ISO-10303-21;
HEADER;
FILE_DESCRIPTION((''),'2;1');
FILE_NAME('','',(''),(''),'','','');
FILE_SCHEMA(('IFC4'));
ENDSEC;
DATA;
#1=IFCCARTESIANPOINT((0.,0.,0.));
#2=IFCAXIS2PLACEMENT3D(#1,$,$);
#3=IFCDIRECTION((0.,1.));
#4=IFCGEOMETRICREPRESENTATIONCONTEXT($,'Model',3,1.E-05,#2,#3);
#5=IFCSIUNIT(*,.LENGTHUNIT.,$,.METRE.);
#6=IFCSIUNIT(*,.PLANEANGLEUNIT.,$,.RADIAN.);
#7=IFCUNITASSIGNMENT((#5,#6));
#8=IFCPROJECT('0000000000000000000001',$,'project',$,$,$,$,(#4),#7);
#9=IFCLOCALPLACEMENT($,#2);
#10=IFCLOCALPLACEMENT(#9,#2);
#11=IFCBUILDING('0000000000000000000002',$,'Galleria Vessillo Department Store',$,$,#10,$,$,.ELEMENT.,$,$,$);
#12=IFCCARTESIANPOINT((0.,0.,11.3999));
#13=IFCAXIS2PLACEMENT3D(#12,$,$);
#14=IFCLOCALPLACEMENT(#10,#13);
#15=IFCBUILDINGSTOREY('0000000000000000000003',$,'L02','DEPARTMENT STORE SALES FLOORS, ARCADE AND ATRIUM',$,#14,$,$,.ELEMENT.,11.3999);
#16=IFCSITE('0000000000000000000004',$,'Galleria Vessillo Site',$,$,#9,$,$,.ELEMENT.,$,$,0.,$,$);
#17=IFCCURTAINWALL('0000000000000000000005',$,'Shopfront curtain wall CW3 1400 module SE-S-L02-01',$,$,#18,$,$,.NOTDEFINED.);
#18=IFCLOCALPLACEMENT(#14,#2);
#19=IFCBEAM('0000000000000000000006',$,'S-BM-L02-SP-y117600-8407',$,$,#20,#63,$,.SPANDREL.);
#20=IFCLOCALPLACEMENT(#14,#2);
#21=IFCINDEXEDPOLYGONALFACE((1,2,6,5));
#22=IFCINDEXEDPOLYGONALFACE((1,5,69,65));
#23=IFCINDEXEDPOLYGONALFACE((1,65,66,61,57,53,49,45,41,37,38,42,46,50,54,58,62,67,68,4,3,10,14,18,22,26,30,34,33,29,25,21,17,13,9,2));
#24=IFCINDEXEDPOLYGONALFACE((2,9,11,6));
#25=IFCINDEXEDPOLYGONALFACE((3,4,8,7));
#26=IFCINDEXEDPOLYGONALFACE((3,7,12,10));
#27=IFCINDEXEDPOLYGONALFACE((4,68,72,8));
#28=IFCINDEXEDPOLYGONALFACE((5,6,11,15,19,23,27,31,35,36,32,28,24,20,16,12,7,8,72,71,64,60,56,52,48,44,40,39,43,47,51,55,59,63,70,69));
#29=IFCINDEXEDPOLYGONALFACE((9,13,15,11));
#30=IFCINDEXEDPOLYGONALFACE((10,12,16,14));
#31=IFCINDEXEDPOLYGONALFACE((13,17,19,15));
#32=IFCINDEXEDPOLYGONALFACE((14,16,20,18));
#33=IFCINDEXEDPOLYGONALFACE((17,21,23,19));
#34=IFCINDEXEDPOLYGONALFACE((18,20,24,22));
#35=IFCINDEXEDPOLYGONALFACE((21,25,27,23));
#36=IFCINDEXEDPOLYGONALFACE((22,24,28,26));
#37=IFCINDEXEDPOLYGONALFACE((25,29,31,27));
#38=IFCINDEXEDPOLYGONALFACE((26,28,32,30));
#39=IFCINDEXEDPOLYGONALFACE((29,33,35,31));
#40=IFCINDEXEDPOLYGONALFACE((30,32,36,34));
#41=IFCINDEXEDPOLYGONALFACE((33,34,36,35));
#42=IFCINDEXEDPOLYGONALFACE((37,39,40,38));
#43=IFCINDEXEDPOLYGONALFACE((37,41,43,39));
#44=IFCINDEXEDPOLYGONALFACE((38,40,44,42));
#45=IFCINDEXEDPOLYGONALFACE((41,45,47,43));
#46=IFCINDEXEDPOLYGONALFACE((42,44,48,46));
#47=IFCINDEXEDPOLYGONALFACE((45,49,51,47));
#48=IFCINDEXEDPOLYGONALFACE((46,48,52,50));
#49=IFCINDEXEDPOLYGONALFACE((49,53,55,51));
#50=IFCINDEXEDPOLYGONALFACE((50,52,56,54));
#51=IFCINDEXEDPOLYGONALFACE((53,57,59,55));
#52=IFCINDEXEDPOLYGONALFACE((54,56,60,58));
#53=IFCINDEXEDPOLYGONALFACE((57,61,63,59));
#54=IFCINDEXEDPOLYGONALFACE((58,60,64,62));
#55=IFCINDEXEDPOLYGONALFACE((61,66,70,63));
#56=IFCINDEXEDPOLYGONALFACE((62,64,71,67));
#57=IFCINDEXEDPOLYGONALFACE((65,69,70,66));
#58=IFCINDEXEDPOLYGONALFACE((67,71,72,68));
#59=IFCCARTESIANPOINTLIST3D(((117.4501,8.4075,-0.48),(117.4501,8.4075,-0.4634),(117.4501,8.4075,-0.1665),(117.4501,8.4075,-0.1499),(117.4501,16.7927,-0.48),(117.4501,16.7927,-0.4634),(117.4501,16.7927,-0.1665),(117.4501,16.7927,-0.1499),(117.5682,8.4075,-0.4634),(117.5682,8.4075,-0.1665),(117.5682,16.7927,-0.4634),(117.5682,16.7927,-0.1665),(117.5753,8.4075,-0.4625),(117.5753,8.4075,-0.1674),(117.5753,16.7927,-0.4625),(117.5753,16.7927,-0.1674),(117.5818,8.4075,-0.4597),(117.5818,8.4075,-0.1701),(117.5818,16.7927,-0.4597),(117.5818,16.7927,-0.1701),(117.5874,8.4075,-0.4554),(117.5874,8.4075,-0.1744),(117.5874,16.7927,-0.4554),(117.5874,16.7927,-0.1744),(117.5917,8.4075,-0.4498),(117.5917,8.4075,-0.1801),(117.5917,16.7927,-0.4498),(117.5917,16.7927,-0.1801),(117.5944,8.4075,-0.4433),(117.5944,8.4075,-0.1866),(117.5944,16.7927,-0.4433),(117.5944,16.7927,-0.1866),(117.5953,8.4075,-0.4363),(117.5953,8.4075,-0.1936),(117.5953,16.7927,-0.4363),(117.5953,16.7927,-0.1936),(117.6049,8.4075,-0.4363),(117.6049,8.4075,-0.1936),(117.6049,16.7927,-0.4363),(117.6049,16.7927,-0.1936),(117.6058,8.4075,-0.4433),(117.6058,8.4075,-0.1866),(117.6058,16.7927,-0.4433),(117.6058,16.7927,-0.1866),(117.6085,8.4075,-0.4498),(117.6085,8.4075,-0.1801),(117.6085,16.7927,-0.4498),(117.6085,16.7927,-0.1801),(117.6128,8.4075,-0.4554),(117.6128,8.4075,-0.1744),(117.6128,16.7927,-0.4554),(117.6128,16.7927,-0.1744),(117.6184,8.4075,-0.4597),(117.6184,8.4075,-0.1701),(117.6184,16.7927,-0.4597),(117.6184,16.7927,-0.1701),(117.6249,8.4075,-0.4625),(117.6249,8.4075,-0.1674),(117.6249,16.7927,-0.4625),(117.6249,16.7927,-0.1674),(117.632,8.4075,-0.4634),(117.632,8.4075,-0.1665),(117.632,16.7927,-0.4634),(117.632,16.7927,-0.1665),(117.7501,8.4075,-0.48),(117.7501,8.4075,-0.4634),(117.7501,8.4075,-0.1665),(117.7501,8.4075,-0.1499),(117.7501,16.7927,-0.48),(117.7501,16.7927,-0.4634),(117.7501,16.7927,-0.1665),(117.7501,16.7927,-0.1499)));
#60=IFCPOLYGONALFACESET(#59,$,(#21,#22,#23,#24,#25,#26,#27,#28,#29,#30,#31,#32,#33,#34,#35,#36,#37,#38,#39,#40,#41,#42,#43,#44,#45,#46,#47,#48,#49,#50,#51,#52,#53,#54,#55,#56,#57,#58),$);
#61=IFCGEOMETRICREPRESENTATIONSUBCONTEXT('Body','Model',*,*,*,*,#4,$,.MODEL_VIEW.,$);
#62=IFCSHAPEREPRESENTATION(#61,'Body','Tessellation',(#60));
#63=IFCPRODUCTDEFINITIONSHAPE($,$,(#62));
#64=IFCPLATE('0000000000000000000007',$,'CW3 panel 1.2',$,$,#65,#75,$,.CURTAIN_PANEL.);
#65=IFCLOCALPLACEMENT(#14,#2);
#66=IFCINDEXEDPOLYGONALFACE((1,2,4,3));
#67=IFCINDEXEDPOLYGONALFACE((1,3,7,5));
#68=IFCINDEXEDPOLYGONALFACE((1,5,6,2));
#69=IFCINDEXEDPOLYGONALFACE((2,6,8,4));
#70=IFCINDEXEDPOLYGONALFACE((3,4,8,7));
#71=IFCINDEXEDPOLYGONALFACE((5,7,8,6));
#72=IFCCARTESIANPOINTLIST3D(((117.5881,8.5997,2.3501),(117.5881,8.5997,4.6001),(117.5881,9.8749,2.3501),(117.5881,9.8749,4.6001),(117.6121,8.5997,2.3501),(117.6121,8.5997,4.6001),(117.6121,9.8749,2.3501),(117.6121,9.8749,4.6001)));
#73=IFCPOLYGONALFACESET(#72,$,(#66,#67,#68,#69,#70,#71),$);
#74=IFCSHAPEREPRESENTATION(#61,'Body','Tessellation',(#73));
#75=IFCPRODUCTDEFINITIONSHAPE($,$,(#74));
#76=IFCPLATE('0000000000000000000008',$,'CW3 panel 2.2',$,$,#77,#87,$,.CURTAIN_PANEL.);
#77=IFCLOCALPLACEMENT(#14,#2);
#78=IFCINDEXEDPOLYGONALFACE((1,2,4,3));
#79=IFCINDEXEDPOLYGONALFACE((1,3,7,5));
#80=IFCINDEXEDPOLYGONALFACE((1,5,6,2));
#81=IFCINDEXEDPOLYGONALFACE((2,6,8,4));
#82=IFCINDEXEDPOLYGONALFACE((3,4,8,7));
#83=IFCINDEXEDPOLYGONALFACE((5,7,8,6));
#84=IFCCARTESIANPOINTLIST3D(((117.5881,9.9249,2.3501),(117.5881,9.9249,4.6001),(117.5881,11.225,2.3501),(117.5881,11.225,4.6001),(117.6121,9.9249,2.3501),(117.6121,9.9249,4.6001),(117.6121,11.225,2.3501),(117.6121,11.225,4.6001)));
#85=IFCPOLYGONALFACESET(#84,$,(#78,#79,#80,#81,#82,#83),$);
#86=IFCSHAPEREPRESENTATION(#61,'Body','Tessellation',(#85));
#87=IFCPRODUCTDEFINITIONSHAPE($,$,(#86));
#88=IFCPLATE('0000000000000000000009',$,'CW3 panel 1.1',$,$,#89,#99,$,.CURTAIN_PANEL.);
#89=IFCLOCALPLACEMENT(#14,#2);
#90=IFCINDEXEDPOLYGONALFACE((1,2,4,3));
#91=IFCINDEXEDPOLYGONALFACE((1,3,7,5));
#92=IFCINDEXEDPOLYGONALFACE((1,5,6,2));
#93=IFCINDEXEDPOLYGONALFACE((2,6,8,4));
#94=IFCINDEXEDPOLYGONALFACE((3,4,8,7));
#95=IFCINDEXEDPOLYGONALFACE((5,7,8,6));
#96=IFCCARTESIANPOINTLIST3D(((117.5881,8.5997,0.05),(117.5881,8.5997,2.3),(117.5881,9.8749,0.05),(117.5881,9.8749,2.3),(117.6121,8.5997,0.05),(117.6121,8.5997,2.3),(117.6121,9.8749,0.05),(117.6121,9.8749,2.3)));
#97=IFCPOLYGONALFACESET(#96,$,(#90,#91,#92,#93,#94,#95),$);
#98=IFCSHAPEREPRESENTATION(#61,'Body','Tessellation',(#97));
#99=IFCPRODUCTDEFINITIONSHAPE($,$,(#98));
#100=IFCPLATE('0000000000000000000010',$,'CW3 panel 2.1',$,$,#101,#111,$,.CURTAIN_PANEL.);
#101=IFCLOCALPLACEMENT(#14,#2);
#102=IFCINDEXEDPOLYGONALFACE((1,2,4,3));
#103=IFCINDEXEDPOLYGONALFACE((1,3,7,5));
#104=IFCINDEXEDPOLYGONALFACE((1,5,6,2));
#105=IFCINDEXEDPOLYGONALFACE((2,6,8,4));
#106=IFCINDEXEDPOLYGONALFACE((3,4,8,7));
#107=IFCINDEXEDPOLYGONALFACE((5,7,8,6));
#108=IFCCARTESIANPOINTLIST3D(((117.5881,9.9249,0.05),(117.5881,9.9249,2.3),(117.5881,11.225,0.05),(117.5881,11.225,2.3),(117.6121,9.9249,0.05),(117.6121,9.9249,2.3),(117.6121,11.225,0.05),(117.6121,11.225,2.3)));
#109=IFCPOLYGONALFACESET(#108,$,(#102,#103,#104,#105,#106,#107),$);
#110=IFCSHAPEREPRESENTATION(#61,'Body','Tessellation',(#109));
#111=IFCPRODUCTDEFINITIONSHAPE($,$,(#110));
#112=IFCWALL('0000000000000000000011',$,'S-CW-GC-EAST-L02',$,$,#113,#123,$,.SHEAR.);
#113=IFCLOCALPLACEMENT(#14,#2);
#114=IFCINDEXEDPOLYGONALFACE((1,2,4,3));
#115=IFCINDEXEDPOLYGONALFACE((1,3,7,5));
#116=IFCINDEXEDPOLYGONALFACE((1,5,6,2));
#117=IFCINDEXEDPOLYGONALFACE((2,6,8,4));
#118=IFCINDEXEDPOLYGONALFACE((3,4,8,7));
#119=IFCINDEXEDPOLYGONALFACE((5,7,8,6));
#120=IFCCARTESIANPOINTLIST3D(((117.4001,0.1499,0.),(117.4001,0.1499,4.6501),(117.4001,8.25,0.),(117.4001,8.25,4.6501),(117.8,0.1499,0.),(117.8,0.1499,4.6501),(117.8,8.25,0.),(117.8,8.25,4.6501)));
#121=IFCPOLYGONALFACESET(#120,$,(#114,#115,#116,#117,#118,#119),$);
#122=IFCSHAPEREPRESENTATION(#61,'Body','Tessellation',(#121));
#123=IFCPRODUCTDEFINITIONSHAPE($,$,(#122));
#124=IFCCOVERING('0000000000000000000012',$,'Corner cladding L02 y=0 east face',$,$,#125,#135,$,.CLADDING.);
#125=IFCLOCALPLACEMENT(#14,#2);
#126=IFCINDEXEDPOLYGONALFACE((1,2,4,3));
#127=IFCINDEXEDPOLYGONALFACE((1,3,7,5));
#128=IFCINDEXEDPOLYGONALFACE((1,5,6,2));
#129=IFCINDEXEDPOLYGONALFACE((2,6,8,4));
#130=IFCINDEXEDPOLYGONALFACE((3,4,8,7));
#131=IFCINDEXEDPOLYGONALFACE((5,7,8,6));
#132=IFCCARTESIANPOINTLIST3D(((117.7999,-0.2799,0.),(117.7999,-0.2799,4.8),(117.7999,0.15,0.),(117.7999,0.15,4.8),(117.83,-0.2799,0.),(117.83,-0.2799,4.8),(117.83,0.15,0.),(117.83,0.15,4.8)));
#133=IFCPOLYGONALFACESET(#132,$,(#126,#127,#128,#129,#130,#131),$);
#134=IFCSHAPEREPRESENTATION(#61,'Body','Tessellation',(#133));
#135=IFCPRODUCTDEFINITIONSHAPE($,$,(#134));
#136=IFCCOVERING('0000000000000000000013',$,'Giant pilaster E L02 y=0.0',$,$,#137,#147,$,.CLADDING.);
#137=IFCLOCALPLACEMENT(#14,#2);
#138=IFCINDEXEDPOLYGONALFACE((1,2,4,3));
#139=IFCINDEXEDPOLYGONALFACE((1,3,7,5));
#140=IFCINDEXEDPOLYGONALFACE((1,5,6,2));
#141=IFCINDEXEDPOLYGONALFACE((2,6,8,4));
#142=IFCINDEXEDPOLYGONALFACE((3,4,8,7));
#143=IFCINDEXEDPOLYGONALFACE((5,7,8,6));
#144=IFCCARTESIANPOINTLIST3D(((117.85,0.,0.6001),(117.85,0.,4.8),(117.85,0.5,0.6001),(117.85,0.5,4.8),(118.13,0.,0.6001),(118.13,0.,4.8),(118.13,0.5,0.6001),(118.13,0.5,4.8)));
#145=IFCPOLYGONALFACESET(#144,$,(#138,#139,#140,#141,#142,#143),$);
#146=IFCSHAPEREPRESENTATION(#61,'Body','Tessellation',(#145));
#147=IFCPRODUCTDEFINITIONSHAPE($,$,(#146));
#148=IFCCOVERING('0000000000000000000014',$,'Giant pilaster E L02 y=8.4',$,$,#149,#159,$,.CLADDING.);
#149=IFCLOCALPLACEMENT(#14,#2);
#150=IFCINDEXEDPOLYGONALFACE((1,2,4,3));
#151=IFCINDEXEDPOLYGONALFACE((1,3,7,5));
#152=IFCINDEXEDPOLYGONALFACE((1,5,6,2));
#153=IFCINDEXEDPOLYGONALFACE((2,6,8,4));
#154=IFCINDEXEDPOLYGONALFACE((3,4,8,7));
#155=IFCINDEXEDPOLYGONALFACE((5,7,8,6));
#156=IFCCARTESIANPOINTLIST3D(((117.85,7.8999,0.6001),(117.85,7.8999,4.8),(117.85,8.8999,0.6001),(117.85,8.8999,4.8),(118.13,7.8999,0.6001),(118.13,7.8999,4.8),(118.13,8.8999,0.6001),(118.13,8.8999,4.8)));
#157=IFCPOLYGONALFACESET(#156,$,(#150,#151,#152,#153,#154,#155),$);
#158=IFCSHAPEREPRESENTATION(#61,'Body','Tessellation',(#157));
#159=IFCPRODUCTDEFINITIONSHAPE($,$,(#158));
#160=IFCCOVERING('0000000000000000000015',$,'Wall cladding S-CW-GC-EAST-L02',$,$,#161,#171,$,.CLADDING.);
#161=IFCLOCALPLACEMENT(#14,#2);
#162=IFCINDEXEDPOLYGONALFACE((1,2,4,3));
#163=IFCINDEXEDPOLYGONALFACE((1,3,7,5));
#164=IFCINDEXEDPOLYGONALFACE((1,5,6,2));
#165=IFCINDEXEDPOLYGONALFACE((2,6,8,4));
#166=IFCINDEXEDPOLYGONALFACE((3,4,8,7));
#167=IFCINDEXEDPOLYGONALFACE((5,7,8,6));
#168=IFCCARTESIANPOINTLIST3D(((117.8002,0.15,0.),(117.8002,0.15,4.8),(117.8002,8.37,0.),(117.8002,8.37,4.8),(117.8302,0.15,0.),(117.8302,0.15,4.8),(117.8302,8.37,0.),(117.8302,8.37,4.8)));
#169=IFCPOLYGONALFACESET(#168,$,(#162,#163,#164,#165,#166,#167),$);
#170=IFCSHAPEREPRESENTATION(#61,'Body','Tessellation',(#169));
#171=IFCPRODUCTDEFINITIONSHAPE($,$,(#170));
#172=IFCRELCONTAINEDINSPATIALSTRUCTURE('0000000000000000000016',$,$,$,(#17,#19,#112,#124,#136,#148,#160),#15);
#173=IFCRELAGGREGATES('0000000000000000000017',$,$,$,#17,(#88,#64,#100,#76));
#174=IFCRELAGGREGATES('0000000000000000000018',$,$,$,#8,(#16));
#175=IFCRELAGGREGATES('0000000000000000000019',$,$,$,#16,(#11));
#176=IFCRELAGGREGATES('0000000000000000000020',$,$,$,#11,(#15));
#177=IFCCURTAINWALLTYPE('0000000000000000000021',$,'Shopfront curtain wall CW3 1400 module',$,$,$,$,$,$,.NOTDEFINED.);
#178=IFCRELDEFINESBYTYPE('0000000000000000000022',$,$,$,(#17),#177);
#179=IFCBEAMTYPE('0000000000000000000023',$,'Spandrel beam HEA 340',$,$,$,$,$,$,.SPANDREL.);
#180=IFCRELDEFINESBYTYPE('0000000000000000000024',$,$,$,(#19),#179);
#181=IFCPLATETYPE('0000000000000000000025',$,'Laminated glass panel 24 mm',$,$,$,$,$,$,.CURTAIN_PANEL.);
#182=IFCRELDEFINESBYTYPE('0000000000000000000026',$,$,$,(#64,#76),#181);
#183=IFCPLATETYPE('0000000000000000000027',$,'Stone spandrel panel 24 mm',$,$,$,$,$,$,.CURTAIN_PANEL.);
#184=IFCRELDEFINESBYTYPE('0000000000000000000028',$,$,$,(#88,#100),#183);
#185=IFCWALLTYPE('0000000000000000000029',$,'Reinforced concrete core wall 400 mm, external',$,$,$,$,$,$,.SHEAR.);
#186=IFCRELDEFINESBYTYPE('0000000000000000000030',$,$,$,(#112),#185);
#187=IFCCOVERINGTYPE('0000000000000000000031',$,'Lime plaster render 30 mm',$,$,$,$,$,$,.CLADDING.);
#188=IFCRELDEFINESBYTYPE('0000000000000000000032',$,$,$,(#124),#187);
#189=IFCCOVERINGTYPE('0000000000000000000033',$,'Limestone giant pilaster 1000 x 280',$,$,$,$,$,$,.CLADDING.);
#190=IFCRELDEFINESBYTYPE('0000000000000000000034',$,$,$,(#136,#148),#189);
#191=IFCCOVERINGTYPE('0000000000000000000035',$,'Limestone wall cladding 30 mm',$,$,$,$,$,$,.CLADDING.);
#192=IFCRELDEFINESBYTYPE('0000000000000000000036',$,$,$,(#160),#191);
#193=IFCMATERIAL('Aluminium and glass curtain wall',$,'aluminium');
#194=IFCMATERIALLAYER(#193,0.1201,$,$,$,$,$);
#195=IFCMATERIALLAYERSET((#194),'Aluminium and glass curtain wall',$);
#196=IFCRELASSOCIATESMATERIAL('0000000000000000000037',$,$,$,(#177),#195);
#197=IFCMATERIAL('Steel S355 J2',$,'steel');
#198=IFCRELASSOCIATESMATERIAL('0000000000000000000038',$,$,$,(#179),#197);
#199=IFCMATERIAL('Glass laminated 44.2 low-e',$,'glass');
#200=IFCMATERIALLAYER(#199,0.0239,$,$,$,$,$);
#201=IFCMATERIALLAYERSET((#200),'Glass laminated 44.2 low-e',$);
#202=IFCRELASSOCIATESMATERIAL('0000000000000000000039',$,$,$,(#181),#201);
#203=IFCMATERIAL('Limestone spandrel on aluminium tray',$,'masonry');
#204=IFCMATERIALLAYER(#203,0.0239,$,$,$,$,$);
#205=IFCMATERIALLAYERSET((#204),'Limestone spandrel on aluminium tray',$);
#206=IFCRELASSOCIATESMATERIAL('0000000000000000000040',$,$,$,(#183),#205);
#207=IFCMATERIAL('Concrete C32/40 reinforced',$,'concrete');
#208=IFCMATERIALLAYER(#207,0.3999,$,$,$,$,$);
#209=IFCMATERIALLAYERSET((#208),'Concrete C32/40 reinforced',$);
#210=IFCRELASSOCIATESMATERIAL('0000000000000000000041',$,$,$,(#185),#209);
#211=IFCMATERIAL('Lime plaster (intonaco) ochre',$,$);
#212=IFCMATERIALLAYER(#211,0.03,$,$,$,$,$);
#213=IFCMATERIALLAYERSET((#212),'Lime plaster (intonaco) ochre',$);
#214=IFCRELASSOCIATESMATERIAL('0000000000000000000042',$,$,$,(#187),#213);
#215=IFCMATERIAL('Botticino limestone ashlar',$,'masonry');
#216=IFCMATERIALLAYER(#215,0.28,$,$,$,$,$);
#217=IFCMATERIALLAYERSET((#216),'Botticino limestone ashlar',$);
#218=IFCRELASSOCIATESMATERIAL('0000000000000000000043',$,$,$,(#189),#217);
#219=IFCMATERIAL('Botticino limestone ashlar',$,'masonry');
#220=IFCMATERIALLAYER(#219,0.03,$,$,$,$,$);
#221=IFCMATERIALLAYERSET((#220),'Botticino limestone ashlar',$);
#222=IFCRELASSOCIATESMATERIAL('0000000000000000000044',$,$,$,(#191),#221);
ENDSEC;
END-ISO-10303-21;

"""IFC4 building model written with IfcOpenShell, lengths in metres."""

from ifc_helpers import new_model, si_unit, direction, frame, frame_2d, origin, origin_2d, place, context, subcontext, project, spatial, rectangle, i_section, extrude, material, layer, layer_set, material_profile, profile_set, type_object, element, aggregate, save


model = new_model("IFC4")

# Units and contexts
model_context = context("Model", 3, precision=1e-05, world=origin(), true_north=direction((0.0, 1.0)))
body_context = subcontext(model_context, "Body", "Model", "MODEL_VIEW")
ifc_project = project(units=[si_unit("LENGTHUNIT", "METRE"), si_unit("PLANEANGLEUNIT", "RADIAN")], contexts=[model_context])

# Site, building, storey
site_placement = place(None, origin())
site = spatial("IfcSite", under=ifc_project, at=site_placement, Name="Galleria Vessillo Site", CompositionType="ELEMENT", RefElevation=0.0)
building_placement = place(site_placement, origin())
building = spatial("IfcBuilding", under=site, at=building_placement, Name="Galleria Vessillo Department Store", CompositionType="ELEMENT")
storey_placement = place(building_placement, frame((0.0, 0.0, 11.3999)))
storey = spatial("IfcBuildingStorey", under=building, at=storey_placement, Name="L02", Description="DEPARTMENT STORE SALES FLOORS, ARCADE AND ATRIUM", CompositionType="ELEMENT", Elevation=11.3999)

# Curtain wall
ifc_material_1 = material(Name="Aluminium and glass curtain wall", Category="aluminium")
ifc_layer_1 = layer(ifc_material_1, 0.1201)
ifc_layer_set_1 = layer_set([ifc_layer_1], Name="Aluminium and glass curtain wall")
curtain_wall_type = type_object("IfcCurtainWallType", Name="Shopfront curtain wall CW3 1400 module", PredefinedType="NOTDEFINED", material=ifc_layer_set_1)
curtain_wall_placement = place(storey_placement, origin())
curtain_wall = element("IfcCurtainWall", 1, at=curtain_wall_placement, inside=storey, type_object=curtain_wall_type, Name="Shopfront curtain wall CW3 1400 module SE-S-L02-01", PredefinedType="NOTDEFINED")

# Beam
ifc_material_2 = material(Name="Steel S355 J2", Category="steel")
ifc_material_profile_1 = material_profile(ifc_material_2, i_section(OverallWidth=0.3, OverallDepth=0.3301, WebThickness=0.0095, FlangeThickness=0.0166, FilletRadius=0.0271, at=origin_2d()), Name="HEA 340")
ifc_profile_set_1 = profile_set([ifc_material_profile_1], Name="Steel S355 J2")
beam_type = type_object("IfcBeamType", Name="Spandrel beam HEA 340", PredefinedType="SPANDREL", material=ifc_profile_set_1)
beam_placement = place(storey_placement, frame((117.6001, 8.4075, -0.3149), z_axis=(0.0, 1.0, 0.0), x_axis=(-1.0, 0.0, 0.0)))
element("IfcBeam", 2, at=beam_placement, inside=storey, type_object=beam_type, Name="S-BM-L02-SP-y117600-8407", PredefinedType="SPANDREL", context=body_context, shape_type="SweptSolid", body=[
    extrude(i_section(OverallWidth=0.3, OverallDepth=0.3301, WebThickness=0.0095, FlangeThickness=0.0166, FilletRadius=0.0271, at=origin_2d()), origin(), (0.0, 0.0, 1.0), 8.3853),
])

# Plates
ifc_material_3 = material(Name="Glass laminated 44.2 low-e", Category="glass")
ifc_layer_2 = layer(ifc_material_3, 0.0239)
ifc_layer_set_2 = layer_set([ifc_layer_2], Name="Glass laminated 44.2 low-e")
plate_type_1 = type_object("IfcPlateType", Name="Laminated glass panel 24 mm", PredefinedType="CURTAIN_PANEL", material=ifc_layer_set_2)
plate_1_placement = place(storey_placement, frame((117.6001, 9.2373, 2.3501), z_axis=(0.0, 0.0, 1.0), x_axis=(0.0, 1.0, 0.0)))
plate_1 = element("IfcPlate", 3, at=plate_1_placement, type_object=plate_type_1, Name="CW3 panel 1.2", PredefinedType="CURTAIN_PANEL", context=body_context, shape_type="SweptSolid", body=[
    extrude(rectangle(XDim=1.2751, YDim=0.0239, at=origin_2d()), origin(), (0.0, 0.0, 1.0), 2.25),
])
plate_2_placement = place(storey_placement, frame((117.6001, 10.575, 2.3501), z_axis=(0.0, 0.0, 1.0), x_axis=(0.0, 1.0, 0.0)))
plate_2 = element("IfcPlate", 4, at=plate_2_placement, type_object=plate_type_1, Name="CW3 panel 2.2", PredefinedType="CURTAIN_PANEL", context=body_context, shape_type="SweptSolid", body=[
    extrude(rectangle(XDim=1.3, YDim=0.0239, at=origin_2d()), origin(), (0.0, 0.0, 1.0), 2.25),
])
ifc_material_4 = material(Name="Limestone spandrel on aluminium tray", Category="masonry")
ifc_layer_3 = layer(ifc_material_4, 0.0239)
ifc_layer_set_3 = layer_set([ifc_layer_3], Name="Limestone spandrel on aluminium tray")
plate_type_2 = type_object("IfcPlateType", Name="Stone spandrel panel 24 mm", PredefinedType="CURTAIN_PANEL", material=ifc_layer_set_3)
plate_3_placement = place(storey_placement, frame((117.6001, 9.2373, 0.05), z_axis=(0.0, 0.0, 1.0), x_axis=(0.0, 1.0, 0.0)))
plate_3 = element("IfcPlate", 5, at=plate_3_placement, type_object=plate_type_2, Name="CW3 panel 1.1", PredefinedType="CURTAIN_PANEL", context=body_context, shape_type="SweptSolid", body=[
    extrude(rectangle(XDim=1.2751, YDim=0.0239, at=origin_2d()), origin(), (0.0, 0.0, 1.0), 2.25),
])
plate_4_placement = place(storey_placement, frame((117.6001, 10.575, 0.05), z_axis=(0.0, 0.0, 1.0), x_axis=(0.0, 1.0, 0.0)))
plate_4 = element("IfcPlate", 6, at=plate_4_placement, type_object=plate_type_2, Name="CW3 panel 2.1", PredefinedType="CURTAIN_PANEL", context=body_context, shape_type="SweptSolid", body=[
    extrude(rectangle(XDim=1.3, YDim=0.0239, at=origin_2d()), origin(), (0.0, 0.0, 1.0), 2.25),
])
aggregate(curtain_wall, [plate_3, plate_1, plate_4, plate_2])

# Wall
ifc_material_5 = material(Name="Concrete C32/40 reinforced", Category="concrete")
ifc_layer_4 = layer(ifc_material_5, 0.3999)
ifc_layer_set_4 = layer_set([ifc_layer_4], Name="Concrete C32/40 reinforced")
wall_type = type_object("IfcWallType", Name="Reinforced concrete core wall 400 mm, external", PredefinedType="SHEAR", material=ifc_layer_set_4)
wall_placement = place(storey_placement, frame((117.6001, 0.1499, 0.0), z_axis=(0.0, 0.0, 1.0), x_axis=(0.0, 1.0, 0.0)))
element("IfcWall", 7, at=wall_placement, inside=storey, type_object=wall_type, Name="S-CW-GC-EAST-L02", PredefinedType="SHEAR", context=body_context, shape_type="SweptSolid", body=[
    extrude(rectangle(XDim=8.1001, YDim=0.3999, at=frame_2d((4.05, 0.0))), origin(), (0.0, 0.0, 1.0), 4.6501),
])

# Coverings
ifc_material_6 = material(Name="Lime plaster (intonaco) ochre")
ifc_layer_5 = layer(ifc_material_6, 0.03)
ifc_layer_set_5 = layer_set([ifc_layer_5], Name="Lime plaster (intonaco) ochre")
covering_type_1 = type_object("IfcCoveringType", Name="Lime plaster render 30 mm", PredefinedType="CLADDING", material=ifc_layer_set_5)
covering_1_placement = place(storey_placement, frame((117.8149, -0.0649, 0.0), z_axis=(0.0, 0.0, 1.0), x_axis=(1.0, 0.0, 0.0)))
element("IfcCovering", 8, at=covering_1_placement, inside=storey, type_object=covering_type_1, Name="Corner cladding L02 y=0 east face", PredefinedType="CLADDING", context=body_context, shape_type="SweptSolid", body=[
    extrude(rectangle(XDim=0.03, YDim=0.4299, at=origin_2d()), origin(), (0.0, 0.0, 1.0), 4.8),
])
ifc_material_7 = material(Name="Botticino limestone ashlar", Category="masonry")
ifc_layer_6 = layer(ifc_material_7, 0.28)
ifc_layer_set_6 = layer_set([ifc_layer_6], Name="Botticino limestone ashlar")
covering_type_2 = type_object("IfcCoveringType", Name="Limestone giant pilaster 1000 x 280", PredefinedType="CLADDING", material=ifc_layer_set_6)
covering_2_placement = place(storey_placement, frame((117.99, 0.25, 0.6001), z_axis=(0.0, 0.0, 1.0), x_axis=(1.0, 0.0, 0.0)))
element("IfcCovering", 9, at=covering_2_placement, inside=storey, type_object=covering_type_2, Name="Giant pilaster E L02 y=0.0", PredefinedType="CLADDING", context=body_context, shape_type="SweptSolid", body=[
    extrude(rectangle(XDim=0.28, YDim=0.5, at=origin_2d()), origin(), (0.0, 0.0, 1.0), 4.2),
])
covering_3_placement = place(storey_placement, frame((117.99, 8.3999, 0.6001), z_axis=(0.0, 0.0, 1.0), x_axis=(1.0, 0.0, 0.0)))
element("IfcCovering", 10, at=covering_3_placement, inside=storey, type_object=covering_type_2, Name="Giant pilaster E L02 y=8.4", PredefinedType="CLADDING", context=body_context, shape_type="SweptSolid", body=[
    extrude(rectangle(XDim=0.28, YDim=1.0, at=origin_2d()), origin(), (0.0, 0.0, 1.0), 4.2),
])
ifc_material_8 = material(Name="Botticino limestone ashlar", Category="masonry")
ifc_layer_7 = layer(ifc_material_8, 0.03)
ifc_layer_set_7 = layer_set([ifc_layer_7], Name="Botticino limestone ashlar")
covering_type_3 = type_object("IfcCoveringType", Name="Limestone wall cladding 30 mm", PredefinedType="CLADDING", material=ifc_layer_set_7)
covering_4_placement = place(storey_placement, frame((117.8152, 4.26, 0.0), z_axis=(0.0, 0.0, 1.0), x_axis=(1.0, 0.0, 0.0)))
element("IfcCovering", 11, at=covering_4_placement, inside=storey, type_object=covering_type_3, Name="Wall cladding S-CW-GC-EAST-L02", PredefinedType="CLADDING", context=body_context, shape_type="SweptSolid", body=[
    extrude(rectangle(XDim=0.03, YDim=8.22, at=origin_2d()), origin(), (0.0, 0.0, 1.0), 4.8),
])

save(model, "model.ifc")
